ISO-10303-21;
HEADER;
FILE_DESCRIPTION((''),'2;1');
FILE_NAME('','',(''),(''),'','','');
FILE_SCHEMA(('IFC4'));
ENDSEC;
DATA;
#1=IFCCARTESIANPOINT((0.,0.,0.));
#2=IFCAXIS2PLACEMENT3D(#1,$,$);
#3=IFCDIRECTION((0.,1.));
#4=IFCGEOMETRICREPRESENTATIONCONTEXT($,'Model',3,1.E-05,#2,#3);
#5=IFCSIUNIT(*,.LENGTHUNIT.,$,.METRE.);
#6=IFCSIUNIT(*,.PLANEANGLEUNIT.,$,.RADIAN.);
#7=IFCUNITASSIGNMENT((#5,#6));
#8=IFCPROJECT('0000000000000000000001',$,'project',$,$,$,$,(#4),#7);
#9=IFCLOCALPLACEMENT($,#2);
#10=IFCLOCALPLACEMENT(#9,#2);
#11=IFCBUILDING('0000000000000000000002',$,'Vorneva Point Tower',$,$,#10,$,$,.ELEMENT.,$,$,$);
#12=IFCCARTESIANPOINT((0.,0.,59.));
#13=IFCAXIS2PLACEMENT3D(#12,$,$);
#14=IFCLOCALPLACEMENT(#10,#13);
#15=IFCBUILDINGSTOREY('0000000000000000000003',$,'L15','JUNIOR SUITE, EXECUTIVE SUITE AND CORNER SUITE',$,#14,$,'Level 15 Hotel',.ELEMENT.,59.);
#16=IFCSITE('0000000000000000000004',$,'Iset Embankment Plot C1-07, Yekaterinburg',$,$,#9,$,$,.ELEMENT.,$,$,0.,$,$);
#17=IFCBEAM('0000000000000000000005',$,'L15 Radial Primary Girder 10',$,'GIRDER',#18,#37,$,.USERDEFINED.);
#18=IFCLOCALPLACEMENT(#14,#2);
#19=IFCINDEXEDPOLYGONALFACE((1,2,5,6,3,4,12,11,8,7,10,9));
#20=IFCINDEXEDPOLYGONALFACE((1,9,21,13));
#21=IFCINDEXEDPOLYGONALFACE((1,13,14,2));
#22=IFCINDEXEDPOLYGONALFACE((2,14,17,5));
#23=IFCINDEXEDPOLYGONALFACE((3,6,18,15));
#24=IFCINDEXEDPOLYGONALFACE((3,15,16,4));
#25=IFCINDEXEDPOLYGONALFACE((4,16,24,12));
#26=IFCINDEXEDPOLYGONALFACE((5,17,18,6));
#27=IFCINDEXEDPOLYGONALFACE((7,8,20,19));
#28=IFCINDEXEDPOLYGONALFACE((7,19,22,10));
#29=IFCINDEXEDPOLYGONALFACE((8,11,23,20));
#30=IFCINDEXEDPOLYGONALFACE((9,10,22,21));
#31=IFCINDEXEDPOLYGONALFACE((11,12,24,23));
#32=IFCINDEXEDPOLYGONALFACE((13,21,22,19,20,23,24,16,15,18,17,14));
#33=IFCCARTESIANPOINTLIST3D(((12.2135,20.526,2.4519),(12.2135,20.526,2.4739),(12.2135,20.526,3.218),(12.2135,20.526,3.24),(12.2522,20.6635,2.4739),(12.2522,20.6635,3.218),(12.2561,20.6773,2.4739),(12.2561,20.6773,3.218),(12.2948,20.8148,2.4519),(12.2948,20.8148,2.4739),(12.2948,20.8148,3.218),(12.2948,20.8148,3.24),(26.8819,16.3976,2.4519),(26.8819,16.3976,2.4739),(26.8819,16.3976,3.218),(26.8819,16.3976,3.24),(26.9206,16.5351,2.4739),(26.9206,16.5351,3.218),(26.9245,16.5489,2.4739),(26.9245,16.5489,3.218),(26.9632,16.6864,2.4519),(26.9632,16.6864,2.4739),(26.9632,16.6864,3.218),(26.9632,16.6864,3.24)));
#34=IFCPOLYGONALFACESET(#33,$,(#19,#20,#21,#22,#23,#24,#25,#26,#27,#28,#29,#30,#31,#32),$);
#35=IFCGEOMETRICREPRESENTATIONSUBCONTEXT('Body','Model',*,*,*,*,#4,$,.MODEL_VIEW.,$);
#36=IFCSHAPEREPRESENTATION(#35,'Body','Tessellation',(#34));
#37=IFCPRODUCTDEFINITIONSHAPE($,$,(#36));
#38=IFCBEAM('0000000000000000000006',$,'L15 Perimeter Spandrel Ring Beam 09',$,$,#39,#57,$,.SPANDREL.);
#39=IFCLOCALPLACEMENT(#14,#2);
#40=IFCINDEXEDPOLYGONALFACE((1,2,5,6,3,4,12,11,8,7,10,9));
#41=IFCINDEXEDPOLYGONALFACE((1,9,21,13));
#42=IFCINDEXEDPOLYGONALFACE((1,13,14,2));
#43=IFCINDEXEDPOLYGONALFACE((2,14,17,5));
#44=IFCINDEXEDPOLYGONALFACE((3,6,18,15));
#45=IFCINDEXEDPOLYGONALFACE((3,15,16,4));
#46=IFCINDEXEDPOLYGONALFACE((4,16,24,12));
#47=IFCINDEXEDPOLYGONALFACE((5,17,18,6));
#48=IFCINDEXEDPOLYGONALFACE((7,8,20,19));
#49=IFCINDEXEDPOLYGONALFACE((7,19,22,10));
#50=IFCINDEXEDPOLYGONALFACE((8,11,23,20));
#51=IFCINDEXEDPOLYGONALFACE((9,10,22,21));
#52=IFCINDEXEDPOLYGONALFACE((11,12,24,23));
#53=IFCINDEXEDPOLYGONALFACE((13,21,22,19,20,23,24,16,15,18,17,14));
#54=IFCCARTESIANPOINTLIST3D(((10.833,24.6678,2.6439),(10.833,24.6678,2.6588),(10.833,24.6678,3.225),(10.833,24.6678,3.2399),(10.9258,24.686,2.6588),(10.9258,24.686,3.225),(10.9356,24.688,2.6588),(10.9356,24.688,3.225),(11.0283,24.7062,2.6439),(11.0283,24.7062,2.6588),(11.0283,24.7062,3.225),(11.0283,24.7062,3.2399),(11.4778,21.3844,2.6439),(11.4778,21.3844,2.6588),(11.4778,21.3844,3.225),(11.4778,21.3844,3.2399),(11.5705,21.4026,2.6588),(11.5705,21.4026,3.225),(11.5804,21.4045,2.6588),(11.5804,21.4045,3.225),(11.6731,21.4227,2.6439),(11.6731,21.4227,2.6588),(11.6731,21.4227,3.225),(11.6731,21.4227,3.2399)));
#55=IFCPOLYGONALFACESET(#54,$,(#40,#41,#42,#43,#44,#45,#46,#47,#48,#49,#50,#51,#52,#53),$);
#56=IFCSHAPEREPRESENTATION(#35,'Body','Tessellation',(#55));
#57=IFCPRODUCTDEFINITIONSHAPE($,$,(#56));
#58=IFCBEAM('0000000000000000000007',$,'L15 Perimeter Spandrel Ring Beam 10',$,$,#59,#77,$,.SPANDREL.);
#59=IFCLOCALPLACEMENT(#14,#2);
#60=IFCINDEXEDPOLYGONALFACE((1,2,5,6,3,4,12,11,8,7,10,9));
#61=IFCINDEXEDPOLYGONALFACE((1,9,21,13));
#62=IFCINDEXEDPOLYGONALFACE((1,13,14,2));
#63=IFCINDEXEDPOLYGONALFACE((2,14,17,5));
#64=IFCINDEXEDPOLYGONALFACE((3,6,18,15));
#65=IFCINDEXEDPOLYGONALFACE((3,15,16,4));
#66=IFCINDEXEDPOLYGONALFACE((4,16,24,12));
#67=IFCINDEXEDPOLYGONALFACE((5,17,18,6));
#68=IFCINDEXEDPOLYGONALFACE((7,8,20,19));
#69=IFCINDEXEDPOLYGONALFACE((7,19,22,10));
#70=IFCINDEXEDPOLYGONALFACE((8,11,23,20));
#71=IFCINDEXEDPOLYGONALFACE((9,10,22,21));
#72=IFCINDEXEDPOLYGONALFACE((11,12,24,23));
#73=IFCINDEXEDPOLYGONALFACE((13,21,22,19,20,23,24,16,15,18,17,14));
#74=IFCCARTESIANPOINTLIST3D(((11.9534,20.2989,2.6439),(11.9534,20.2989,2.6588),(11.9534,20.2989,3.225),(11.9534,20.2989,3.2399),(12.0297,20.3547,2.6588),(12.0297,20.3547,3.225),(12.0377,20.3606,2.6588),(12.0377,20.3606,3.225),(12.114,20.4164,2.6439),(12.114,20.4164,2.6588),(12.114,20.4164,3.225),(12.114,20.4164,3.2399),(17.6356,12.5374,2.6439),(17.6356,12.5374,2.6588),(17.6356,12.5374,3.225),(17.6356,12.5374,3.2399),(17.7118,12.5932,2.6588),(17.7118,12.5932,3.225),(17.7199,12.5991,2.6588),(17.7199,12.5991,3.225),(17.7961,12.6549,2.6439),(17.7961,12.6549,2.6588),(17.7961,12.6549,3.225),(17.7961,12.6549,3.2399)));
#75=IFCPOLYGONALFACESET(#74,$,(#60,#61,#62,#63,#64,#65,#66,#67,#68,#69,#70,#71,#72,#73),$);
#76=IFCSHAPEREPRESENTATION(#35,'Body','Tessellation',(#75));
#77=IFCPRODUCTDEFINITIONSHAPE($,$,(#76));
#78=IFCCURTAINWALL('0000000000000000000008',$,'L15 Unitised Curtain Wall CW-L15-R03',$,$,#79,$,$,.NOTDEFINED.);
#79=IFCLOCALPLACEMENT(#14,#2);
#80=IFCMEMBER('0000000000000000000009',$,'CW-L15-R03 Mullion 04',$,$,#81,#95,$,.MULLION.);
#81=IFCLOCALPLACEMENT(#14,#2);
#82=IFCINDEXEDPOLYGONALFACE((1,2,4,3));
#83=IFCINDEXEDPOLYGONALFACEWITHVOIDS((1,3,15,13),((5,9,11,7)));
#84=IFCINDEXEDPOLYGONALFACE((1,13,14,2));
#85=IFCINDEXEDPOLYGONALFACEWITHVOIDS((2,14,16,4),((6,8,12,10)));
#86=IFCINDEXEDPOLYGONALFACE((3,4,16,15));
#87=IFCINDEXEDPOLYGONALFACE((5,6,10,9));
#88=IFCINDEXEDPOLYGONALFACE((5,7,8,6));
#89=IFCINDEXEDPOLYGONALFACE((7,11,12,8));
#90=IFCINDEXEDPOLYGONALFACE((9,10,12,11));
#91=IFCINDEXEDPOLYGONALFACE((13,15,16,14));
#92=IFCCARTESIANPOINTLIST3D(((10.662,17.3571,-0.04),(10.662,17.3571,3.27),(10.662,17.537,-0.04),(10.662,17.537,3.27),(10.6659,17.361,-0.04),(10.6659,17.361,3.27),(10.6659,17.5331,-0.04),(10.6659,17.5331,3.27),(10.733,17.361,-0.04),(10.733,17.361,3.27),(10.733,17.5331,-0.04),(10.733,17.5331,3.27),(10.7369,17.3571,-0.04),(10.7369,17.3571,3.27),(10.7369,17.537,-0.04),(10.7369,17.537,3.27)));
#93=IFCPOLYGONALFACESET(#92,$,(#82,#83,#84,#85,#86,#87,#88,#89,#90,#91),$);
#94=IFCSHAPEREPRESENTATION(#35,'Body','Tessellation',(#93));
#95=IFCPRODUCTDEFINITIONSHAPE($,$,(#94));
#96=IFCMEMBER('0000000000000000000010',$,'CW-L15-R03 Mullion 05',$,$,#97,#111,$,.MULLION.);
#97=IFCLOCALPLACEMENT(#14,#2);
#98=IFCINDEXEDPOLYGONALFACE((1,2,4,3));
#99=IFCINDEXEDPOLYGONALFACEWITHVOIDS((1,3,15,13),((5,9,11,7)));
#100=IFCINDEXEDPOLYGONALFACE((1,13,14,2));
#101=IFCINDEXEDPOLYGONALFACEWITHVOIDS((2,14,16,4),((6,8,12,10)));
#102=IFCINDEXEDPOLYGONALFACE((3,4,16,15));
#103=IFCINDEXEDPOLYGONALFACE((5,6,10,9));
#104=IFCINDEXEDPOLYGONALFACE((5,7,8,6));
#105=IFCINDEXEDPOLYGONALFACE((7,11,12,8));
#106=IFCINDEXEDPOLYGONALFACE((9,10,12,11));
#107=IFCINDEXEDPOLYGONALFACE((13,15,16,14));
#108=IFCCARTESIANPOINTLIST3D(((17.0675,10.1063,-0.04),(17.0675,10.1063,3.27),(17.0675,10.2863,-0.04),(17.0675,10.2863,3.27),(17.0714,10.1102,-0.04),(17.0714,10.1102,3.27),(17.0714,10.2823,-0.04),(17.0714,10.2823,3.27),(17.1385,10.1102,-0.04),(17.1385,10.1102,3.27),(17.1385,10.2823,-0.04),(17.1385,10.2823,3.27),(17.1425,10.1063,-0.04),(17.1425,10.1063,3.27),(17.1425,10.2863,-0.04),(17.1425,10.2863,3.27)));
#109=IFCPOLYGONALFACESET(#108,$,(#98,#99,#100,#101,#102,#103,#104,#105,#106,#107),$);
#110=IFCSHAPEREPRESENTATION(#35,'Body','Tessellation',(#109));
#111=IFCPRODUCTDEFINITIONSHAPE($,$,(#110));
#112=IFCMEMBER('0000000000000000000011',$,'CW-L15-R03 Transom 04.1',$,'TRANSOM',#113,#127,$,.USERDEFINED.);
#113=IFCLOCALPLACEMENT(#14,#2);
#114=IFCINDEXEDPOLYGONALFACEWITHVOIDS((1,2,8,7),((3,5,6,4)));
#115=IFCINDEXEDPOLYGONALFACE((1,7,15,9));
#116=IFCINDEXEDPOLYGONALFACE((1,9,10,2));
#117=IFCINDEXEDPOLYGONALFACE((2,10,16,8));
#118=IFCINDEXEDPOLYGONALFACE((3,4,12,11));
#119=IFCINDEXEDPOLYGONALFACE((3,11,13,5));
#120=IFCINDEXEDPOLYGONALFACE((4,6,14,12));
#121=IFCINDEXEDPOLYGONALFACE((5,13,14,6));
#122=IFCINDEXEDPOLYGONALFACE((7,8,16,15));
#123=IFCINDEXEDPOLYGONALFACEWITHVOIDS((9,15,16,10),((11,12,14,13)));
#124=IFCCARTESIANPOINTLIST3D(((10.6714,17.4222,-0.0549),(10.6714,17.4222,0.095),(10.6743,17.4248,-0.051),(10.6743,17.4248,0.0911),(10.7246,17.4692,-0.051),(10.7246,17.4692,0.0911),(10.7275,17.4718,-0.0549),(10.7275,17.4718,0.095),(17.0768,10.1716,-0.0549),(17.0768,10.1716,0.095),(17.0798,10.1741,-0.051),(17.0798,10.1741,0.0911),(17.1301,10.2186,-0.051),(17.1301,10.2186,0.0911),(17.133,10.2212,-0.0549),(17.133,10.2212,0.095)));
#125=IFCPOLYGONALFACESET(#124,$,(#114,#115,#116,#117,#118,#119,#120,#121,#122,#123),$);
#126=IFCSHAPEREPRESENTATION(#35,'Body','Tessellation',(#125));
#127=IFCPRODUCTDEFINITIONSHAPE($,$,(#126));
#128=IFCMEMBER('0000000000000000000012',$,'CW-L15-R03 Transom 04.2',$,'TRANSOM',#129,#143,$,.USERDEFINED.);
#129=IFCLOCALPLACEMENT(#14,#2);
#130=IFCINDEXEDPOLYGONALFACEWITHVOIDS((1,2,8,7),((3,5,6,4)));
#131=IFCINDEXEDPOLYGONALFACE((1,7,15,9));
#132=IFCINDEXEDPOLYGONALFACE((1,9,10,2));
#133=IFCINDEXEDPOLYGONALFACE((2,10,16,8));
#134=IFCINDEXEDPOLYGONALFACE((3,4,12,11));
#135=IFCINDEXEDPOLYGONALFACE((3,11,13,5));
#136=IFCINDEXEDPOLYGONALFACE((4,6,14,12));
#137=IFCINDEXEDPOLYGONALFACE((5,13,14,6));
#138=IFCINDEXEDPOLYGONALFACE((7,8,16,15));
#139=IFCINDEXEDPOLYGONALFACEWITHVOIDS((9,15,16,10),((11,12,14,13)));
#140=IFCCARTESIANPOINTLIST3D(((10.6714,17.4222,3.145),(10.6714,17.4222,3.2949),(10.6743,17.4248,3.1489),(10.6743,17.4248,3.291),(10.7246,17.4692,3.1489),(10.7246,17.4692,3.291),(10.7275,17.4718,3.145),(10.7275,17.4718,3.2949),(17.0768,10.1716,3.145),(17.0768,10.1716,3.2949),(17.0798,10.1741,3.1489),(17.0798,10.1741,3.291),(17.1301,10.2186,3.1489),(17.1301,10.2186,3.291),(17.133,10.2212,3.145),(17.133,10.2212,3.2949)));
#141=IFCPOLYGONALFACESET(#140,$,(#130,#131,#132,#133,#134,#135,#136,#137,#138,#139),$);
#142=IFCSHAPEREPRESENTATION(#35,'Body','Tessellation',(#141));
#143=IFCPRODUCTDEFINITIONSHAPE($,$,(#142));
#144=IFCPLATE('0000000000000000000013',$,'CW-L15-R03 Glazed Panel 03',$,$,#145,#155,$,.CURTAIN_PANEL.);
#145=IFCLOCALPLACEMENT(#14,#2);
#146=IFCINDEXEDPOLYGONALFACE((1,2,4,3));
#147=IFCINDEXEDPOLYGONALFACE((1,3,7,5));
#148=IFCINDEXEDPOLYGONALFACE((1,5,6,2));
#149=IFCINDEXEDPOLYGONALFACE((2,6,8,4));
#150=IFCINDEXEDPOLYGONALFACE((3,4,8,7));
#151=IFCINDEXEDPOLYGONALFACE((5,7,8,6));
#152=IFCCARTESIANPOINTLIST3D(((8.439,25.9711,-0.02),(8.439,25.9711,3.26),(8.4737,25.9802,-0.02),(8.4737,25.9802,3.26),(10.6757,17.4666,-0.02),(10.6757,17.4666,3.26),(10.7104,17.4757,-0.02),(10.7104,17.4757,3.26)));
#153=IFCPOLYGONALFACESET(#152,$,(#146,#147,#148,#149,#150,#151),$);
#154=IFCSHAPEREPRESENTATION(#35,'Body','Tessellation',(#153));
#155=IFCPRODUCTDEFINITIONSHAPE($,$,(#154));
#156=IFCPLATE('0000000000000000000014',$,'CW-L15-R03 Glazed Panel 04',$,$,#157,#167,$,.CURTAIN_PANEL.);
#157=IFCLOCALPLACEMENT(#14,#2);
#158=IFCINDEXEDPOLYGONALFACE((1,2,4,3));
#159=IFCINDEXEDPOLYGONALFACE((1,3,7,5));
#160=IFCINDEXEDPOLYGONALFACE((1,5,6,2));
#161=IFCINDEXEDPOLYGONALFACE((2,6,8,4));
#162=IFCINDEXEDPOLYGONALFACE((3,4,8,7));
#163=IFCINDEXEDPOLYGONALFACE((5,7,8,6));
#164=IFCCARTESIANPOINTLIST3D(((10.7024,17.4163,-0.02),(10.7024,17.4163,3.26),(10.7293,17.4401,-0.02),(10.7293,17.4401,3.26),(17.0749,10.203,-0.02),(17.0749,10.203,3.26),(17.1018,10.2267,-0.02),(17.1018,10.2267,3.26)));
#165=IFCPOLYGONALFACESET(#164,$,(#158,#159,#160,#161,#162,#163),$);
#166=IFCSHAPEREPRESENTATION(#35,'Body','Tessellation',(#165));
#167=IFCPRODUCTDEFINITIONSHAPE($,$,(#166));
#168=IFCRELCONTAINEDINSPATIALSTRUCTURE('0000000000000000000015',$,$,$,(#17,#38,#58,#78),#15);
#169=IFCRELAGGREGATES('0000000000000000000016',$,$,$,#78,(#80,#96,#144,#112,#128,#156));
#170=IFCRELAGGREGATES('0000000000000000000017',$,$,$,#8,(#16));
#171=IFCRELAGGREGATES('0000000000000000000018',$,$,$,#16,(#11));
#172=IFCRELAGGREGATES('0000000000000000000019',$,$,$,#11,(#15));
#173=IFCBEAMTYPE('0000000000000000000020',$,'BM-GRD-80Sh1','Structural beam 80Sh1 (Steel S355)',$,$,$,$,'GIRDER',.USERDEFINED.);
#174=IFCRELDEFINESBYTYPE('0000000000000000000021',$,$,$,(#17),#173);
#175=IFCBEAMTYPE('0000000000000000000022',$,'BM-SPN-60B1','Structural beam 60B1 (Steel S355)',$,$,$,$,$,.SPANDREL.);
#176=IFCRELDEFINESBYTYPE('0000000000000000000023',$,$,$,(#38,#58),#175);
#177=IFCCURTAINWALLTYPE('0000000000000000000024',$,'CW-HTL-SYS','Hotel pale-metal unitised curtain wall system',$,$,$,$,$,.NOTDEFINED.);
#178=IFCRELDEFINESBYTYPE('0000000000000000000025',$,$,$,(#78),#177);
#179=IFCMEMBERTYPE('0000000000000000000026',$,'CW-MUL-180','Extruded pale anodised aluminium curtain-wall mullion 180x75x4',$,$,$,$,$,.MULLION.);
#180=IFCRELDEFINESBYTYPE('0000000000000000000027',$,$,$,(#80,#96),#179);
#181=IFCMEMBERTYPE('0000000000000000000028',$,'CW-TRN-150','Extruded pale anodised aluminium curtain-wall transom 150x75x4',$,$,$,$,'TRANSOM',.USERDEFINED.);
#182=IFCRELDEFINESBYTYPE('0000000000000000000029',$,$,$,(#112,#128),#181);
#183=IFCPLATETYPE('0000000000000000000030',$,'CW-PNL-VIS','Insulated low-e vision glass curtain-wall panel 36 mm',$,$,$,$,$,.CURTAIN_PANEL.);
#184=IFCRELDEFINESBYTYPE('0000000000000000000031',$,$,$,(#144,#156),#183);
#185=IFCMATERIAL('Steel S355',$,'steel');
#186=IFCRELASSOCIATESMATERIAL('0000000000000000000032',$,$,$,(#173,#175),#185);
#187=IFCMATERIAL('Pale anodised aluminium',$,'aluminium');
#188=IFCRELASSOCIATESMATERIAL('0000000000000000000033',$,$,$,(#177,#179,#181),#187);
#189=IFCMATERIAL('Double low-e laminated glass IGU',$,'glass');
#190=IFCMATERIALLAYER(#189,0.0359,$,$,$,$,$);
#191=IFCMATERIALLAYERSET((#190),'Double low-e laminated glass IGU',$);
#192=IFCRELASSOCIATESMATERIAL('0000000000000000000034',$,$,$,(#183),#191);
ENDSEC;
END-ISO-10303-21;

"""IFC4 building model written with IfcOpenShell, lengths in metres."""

from ifc_helpers import new_model, si_unit, direction, frame, origin, origin_2d, place, context, subcontext, project, spatial, rectangle, hollow_rectangle, i_section, extrude, material, layer, layer_set, material_profile, profile_set, type_object, element, aggregate, save


model = new_model("IFC4")

# Units and contexts
model_context = context("Model", 3, precision=1e-05, world=origin(), true_north=direction((0.0, 1.0)))
body_context = subcontext(model_context, "Body", "Model", "MODEL_VIEW")
ifc_project = project(units=[si_unit("LENGTHUNIT", "METRE"), si_unit("PLANEANGLEUNIT", "RADIAN")], contexts=[model_context])

# Site, building, storey
site_placement = place(None, origin())
site = spatial("IfcSite", under=ifc_project, at=site_placement, Name="Iset Embankment Plot C1-07, Yekaterinburg", CompositionType="ELEMENT", RefElevation=0.0)
building_placement = place(site_placement, origin())
building = spatial("IfcBuilding", under=site, at=building_placement, Name="Vorneva Point Tower", CompositionType="ELEMENT")
storey_placement = place(building_placement, frame((0.0, 0.0, 59.0)))
storey = spatial("IfcBuildingStorey", under=building, at=storey_placement, Name="L15", Description="JUNIOR SUITE, EXECUTIVE SUITE AND CORNER SUITE", LongName="Level 15 Hotel", CompositionType="ELEMENT", Elevation=59.0)

# Beams
ifc_material_1 = material(Name="Steel S355", Category="steel")
ifc_material_profile_1 = material_profile(ifc_material_1, i_section(OverallWidth=0.3, OverallDepth=0.7881, WebThickness=0.0144, FlangeThickness=0.022, at=origin_2d()), Name="80Sh1")
ifc_profile_set_1 = profile_set([ifc_material_profile_1], Name="Steel S355")
beam_type_1 = type_object("IfcBeamType", Name="BM-GRD-80Sh1", Description="Structural beam 80Sh1 (Steel S355)", ElementType="GIRDER", PredefinedType="USERDEFINED", material=ifc_profile_set_1)
beam_1_placement = place(storey_placement, frame((12.2542, 20.6704, 2.8459), z_axis=(0.962601, -0.270923, 0.0), x_axis=(0.270923, 0.962601, 0.0)))
element("IfcBeam", 1, at=beam_1_placement, inside=storey, type_object=beam_type_1, Name="L15 Radial Primary Girder 10", ObjectType="GIRDER", PredefinedType="USERDEFINED", context=body_context, shape_type="SweptSolid", body=[
    extrude(i_section(OverallWidth=0.3, OverallDepth=0.7881, WebThickness=0.0144, FlangeThickness=0.022, at=origin_2d()), origin(), (0.0, 0.0, 1.0), 15.2383),
])
ifc_material_profile_2 = material_profile(ifc_material_1, i_section(OverallWidth=0.199, OverallDepth=0.5959, WebThickness=0.01, FlangeThickness=0.0149, at=origin_2d()), Name="60B1")
ifc_profile_set_2 = profile_set([ifc_material_profile_2], Name="Steel S355")
beam_type_2 = type_object("IfcBeamType", Name="BM-SPN-60B1", Description="Structural beam 60B1 (Steel S355)", PredefinedType="SPANDREL", material=ifc_profile_set_2)
beam_2_placement = place(storey_placement, frame((10.9307, 24.687, 2.9419), z_axis=(0.192691, -0.981259, 0.0), x_axis=(0.981259, 0.192691, 0.0)))
element("IfcBeam", 2, at=beam_2_placement, inside=storey, type_object=beam_type_2, Name="L15 Perimeter Spandrel Ring Beam 09", PredefinedType="SPANDREL", context=body_context, shape_type="SweptSolid", body=[
    extrude(i_section(OverallWidth=0.199, OverallDepth=0.5959, WebThickness=0.01, FlangeThickness=0.0149, at=origin_2d()), origin(), (0.0, 0.0, 1.0), 3.3462),
])
beam_3_placement = place(storey_placement, frame((12.0337, 20.3577, 2.9419), z_axis=(0.590713, -0.806882, 0.0), x_axis=(0.806882, 0.590713, 0.0)))
element("IfcBeam", 3, at=beam_3_placement, inside=storey, type_object=beam_type_2, Name="L15 Perimeter Spandrel Ring Beam 10", PredefinedType="SPANDREL", context=body_context, shape_type="SweptSolid", body=[
    extrude(i_section(OverallWidth=0.199, OverallDepth=0.5959, WebThickness=0.01, FlangeThickness=0.0149, at=origin_2d()), origin(), (0.0, 0.0, 1.0), 9.6191),
])

# Curtain wall, members, plates
ifc_material_2 = material(Name="Pale anodised aluminium", Category="aluminium")
curtain_wall_type = type_object("IfcCurtainWallType", Name="CW-HTL-SYS", Description="Hotel pale-metal unitised curtain wall system", PredefinedType="NOTDEFINED", material=ifc_material_2)
curtain_wall_placement = place(storey_placement, origin())
curtain_wall = element("IfcCurtainWall", 4, at=curtain_wall_placement, inside=storey, type_object=curtain_wall_type, Name="L15 Unitised Curtain Wall CW-L15-R03", PredefinedType="NOTDEFINED")
ifc_material_profile_3 = material_profile(ifc_material_2, hollow_rectangle(XDim=0.075, YDim=0.1799, WallThickness=0.0039, at=origin_2d()), Name="AL-MUL 180x75x4")
ifc_profile_set_3 = profile_set([ifc_material_profile_3], Name="Pale anodised aluminium")
member_type_1 = type_object("IfcMemberType", Name="CW-MUL-180", Description="Extruded pale anodised aluminium curtain-wall mullion 180x75x4", PredefinedType="MULLION", material=ifc_profile_set_3)
member_1_placement = place(storey_placement, frame((10.6995, 17.447, -0.04), z_axis=(0.0, 0.0, 1.0), x_axis=(1.0, 0.0, 0.0)))
member_1 = element("IfcMember", 5, at=member_1_placement, type_object=member_type_1, Name="CW-L15-R03 Mullion 04", PredefinedType="MULLION", context=body_context, shape_type="SweptSolid", body=[
    extrude(hollow_rectangle(XDim=0.075, YDim=0.1799, WallThickness=0.0039, at=origin_2d()), origin(), (0.0, 0.0, 1.0), 3.3101),
])
member_2_placement = place(storey_placement, frame((17.105, 10.1963, -0.04), z_axis=(0.0, 0.0, 1.0), x_axis=(1.0, 0.0, 0.0)))
member_2 = element("IfcMember", 6, at=member_2_placement, type_object=member_type_1, Name="CW-L15-R03 Mullion 05", PredefinedType="MULLION", context=body_context, shape_type="SweptSolid", body=[
    extrude(hollow_rectangle(XDim=0.075, YDim=0.1799, WallThickness=0.0039, at=origin_2d()), origin(), (0.0, 0.0, 1.0), 3.3101),
])
ifc_material_profile_4 = material_profile(ifc_material_2, hollow_rectangle(XDim=0.075, YDim=0.1499, WallThickness=0.0039, at=origin_2d()), Name="AL-TRN 150x75x4")
ifc_profile_set_4 = profile_set([ifc_material_profile_4], Name="Pale anodised aluminium")
member_type_2 = type_object("IfcMemberType", Name="CW-TRN-150", Description="Extruded pale anodised aluminium curtain-wall transom 150x75x4", ElementType="TRANSOM", PredefinedType="USERDEFINED", material=ifc_profile_set_4)
member_3_placement = place(storey_placement, frame((10.6995, 17.447, 0.02), z_axis=(0.662076, -0.749437, 0.0), x_axis=(0.749437, 0.662076, 0.0)))
member_3 = element("IfcMember", 7, at=member_3_placement, type_object=member_type_2, Name="CW-L15-R03 Transom 04.1", ObjectType="TRANSOM", PredefinedType="USERDEFINED", context=body_context, shape_type="SweptSolid", body=[
    extrude(hollow_rectangle(XDim=0.075, YDim=0.1499, WallThickness=0.0039, at=origin_2d()), origin(), (0.0, 0.0, 1.0), 9.6748),
])
member_4_placement = place(storey_placement, frame((10.6995, 17.447, 3.22), z_axis=(0.662076, -0.749437, 0.0), x_axis=(0.749437, 0.662076, 0.0)))
member_4 = element("IfcMember", 8, at=member_4_placement, type_object=member_type_2, Name="CW-L15-R03 Transom 04.2", ObjectType="TRANSOM", PredefinedType="USERDEFINED", context=body_context, shape_type="SweptSolid", body=[
    extrude(hollow_rectangle(XDim=0.075, YDim=0.1499, WallThickness=0.0039, at=origin_2d()), origin(), (0.0, 0.0, 1.0), 9.6748),
])
ifc_material_3 = material(Name="Double low-e laminated glass IGU", Category="glass")
ifc_layer_1 = layer(ifc_material_3, 0.0359)
ifc_layer_set_1 = layer_set([ifc_layer_1], Name="Double low-e laminated glass IGU")
plate_type = type_object("IfcPlateType", Name="CW-PNL-VIS", Description="Insulated low-e vision glass curtain-wall panel 36 mm", PredefinedType="CURTAIN_PANEL", material=ifc_layer_set_1)
plate_1_placement = place(storey_placement, frame((9.5747, 21.7234, -0.02), z_axis=(0.0, 0.0, 1.0), x_axis=(0.254349, -0.967113, 0.0)))
plate_1 = element("IfcPlate", 9, at=plate_1_placement, type_object=plate_type, Name="CW-L15-R03 Glazed Panel 03", PredefinedType="CURTAIN_PANEL", context=body_context, shape_type="SweptSolid", body=[
    extrude(rectangle(XDim=8.7937, YDim=0.0359, at=origin_2d()), origin(), (0.0, 0.0, 1.0), 3.28),
])
plate_2_placement = place(storey_placement, frame((13.9021, 13.8215, -0.02), z_axis=(0.0, 0.0, 1.0), x_axis=(0.662071, -0.749441, 0.0)))
plate_2 = element("IfcPlate", 10, at=plate_2_placement, type_object=plate_type, Name="CW-L15-R03 Glazed Panel 04", PredefinedType="CURTAIN_PANEL", context=body_context, shape_type="SweptSolid", body=[
    extrude(rectangle(XDim=9.625, YDim=0.0359, at=origin_2d()), origin(), (0.0, 0.0, 1.0), 3.28),
])
aggregate(curtain_wall, [member_1, member_2, plate_1, member_3, member_4, plate_2])

save(model, "model.ifc")
